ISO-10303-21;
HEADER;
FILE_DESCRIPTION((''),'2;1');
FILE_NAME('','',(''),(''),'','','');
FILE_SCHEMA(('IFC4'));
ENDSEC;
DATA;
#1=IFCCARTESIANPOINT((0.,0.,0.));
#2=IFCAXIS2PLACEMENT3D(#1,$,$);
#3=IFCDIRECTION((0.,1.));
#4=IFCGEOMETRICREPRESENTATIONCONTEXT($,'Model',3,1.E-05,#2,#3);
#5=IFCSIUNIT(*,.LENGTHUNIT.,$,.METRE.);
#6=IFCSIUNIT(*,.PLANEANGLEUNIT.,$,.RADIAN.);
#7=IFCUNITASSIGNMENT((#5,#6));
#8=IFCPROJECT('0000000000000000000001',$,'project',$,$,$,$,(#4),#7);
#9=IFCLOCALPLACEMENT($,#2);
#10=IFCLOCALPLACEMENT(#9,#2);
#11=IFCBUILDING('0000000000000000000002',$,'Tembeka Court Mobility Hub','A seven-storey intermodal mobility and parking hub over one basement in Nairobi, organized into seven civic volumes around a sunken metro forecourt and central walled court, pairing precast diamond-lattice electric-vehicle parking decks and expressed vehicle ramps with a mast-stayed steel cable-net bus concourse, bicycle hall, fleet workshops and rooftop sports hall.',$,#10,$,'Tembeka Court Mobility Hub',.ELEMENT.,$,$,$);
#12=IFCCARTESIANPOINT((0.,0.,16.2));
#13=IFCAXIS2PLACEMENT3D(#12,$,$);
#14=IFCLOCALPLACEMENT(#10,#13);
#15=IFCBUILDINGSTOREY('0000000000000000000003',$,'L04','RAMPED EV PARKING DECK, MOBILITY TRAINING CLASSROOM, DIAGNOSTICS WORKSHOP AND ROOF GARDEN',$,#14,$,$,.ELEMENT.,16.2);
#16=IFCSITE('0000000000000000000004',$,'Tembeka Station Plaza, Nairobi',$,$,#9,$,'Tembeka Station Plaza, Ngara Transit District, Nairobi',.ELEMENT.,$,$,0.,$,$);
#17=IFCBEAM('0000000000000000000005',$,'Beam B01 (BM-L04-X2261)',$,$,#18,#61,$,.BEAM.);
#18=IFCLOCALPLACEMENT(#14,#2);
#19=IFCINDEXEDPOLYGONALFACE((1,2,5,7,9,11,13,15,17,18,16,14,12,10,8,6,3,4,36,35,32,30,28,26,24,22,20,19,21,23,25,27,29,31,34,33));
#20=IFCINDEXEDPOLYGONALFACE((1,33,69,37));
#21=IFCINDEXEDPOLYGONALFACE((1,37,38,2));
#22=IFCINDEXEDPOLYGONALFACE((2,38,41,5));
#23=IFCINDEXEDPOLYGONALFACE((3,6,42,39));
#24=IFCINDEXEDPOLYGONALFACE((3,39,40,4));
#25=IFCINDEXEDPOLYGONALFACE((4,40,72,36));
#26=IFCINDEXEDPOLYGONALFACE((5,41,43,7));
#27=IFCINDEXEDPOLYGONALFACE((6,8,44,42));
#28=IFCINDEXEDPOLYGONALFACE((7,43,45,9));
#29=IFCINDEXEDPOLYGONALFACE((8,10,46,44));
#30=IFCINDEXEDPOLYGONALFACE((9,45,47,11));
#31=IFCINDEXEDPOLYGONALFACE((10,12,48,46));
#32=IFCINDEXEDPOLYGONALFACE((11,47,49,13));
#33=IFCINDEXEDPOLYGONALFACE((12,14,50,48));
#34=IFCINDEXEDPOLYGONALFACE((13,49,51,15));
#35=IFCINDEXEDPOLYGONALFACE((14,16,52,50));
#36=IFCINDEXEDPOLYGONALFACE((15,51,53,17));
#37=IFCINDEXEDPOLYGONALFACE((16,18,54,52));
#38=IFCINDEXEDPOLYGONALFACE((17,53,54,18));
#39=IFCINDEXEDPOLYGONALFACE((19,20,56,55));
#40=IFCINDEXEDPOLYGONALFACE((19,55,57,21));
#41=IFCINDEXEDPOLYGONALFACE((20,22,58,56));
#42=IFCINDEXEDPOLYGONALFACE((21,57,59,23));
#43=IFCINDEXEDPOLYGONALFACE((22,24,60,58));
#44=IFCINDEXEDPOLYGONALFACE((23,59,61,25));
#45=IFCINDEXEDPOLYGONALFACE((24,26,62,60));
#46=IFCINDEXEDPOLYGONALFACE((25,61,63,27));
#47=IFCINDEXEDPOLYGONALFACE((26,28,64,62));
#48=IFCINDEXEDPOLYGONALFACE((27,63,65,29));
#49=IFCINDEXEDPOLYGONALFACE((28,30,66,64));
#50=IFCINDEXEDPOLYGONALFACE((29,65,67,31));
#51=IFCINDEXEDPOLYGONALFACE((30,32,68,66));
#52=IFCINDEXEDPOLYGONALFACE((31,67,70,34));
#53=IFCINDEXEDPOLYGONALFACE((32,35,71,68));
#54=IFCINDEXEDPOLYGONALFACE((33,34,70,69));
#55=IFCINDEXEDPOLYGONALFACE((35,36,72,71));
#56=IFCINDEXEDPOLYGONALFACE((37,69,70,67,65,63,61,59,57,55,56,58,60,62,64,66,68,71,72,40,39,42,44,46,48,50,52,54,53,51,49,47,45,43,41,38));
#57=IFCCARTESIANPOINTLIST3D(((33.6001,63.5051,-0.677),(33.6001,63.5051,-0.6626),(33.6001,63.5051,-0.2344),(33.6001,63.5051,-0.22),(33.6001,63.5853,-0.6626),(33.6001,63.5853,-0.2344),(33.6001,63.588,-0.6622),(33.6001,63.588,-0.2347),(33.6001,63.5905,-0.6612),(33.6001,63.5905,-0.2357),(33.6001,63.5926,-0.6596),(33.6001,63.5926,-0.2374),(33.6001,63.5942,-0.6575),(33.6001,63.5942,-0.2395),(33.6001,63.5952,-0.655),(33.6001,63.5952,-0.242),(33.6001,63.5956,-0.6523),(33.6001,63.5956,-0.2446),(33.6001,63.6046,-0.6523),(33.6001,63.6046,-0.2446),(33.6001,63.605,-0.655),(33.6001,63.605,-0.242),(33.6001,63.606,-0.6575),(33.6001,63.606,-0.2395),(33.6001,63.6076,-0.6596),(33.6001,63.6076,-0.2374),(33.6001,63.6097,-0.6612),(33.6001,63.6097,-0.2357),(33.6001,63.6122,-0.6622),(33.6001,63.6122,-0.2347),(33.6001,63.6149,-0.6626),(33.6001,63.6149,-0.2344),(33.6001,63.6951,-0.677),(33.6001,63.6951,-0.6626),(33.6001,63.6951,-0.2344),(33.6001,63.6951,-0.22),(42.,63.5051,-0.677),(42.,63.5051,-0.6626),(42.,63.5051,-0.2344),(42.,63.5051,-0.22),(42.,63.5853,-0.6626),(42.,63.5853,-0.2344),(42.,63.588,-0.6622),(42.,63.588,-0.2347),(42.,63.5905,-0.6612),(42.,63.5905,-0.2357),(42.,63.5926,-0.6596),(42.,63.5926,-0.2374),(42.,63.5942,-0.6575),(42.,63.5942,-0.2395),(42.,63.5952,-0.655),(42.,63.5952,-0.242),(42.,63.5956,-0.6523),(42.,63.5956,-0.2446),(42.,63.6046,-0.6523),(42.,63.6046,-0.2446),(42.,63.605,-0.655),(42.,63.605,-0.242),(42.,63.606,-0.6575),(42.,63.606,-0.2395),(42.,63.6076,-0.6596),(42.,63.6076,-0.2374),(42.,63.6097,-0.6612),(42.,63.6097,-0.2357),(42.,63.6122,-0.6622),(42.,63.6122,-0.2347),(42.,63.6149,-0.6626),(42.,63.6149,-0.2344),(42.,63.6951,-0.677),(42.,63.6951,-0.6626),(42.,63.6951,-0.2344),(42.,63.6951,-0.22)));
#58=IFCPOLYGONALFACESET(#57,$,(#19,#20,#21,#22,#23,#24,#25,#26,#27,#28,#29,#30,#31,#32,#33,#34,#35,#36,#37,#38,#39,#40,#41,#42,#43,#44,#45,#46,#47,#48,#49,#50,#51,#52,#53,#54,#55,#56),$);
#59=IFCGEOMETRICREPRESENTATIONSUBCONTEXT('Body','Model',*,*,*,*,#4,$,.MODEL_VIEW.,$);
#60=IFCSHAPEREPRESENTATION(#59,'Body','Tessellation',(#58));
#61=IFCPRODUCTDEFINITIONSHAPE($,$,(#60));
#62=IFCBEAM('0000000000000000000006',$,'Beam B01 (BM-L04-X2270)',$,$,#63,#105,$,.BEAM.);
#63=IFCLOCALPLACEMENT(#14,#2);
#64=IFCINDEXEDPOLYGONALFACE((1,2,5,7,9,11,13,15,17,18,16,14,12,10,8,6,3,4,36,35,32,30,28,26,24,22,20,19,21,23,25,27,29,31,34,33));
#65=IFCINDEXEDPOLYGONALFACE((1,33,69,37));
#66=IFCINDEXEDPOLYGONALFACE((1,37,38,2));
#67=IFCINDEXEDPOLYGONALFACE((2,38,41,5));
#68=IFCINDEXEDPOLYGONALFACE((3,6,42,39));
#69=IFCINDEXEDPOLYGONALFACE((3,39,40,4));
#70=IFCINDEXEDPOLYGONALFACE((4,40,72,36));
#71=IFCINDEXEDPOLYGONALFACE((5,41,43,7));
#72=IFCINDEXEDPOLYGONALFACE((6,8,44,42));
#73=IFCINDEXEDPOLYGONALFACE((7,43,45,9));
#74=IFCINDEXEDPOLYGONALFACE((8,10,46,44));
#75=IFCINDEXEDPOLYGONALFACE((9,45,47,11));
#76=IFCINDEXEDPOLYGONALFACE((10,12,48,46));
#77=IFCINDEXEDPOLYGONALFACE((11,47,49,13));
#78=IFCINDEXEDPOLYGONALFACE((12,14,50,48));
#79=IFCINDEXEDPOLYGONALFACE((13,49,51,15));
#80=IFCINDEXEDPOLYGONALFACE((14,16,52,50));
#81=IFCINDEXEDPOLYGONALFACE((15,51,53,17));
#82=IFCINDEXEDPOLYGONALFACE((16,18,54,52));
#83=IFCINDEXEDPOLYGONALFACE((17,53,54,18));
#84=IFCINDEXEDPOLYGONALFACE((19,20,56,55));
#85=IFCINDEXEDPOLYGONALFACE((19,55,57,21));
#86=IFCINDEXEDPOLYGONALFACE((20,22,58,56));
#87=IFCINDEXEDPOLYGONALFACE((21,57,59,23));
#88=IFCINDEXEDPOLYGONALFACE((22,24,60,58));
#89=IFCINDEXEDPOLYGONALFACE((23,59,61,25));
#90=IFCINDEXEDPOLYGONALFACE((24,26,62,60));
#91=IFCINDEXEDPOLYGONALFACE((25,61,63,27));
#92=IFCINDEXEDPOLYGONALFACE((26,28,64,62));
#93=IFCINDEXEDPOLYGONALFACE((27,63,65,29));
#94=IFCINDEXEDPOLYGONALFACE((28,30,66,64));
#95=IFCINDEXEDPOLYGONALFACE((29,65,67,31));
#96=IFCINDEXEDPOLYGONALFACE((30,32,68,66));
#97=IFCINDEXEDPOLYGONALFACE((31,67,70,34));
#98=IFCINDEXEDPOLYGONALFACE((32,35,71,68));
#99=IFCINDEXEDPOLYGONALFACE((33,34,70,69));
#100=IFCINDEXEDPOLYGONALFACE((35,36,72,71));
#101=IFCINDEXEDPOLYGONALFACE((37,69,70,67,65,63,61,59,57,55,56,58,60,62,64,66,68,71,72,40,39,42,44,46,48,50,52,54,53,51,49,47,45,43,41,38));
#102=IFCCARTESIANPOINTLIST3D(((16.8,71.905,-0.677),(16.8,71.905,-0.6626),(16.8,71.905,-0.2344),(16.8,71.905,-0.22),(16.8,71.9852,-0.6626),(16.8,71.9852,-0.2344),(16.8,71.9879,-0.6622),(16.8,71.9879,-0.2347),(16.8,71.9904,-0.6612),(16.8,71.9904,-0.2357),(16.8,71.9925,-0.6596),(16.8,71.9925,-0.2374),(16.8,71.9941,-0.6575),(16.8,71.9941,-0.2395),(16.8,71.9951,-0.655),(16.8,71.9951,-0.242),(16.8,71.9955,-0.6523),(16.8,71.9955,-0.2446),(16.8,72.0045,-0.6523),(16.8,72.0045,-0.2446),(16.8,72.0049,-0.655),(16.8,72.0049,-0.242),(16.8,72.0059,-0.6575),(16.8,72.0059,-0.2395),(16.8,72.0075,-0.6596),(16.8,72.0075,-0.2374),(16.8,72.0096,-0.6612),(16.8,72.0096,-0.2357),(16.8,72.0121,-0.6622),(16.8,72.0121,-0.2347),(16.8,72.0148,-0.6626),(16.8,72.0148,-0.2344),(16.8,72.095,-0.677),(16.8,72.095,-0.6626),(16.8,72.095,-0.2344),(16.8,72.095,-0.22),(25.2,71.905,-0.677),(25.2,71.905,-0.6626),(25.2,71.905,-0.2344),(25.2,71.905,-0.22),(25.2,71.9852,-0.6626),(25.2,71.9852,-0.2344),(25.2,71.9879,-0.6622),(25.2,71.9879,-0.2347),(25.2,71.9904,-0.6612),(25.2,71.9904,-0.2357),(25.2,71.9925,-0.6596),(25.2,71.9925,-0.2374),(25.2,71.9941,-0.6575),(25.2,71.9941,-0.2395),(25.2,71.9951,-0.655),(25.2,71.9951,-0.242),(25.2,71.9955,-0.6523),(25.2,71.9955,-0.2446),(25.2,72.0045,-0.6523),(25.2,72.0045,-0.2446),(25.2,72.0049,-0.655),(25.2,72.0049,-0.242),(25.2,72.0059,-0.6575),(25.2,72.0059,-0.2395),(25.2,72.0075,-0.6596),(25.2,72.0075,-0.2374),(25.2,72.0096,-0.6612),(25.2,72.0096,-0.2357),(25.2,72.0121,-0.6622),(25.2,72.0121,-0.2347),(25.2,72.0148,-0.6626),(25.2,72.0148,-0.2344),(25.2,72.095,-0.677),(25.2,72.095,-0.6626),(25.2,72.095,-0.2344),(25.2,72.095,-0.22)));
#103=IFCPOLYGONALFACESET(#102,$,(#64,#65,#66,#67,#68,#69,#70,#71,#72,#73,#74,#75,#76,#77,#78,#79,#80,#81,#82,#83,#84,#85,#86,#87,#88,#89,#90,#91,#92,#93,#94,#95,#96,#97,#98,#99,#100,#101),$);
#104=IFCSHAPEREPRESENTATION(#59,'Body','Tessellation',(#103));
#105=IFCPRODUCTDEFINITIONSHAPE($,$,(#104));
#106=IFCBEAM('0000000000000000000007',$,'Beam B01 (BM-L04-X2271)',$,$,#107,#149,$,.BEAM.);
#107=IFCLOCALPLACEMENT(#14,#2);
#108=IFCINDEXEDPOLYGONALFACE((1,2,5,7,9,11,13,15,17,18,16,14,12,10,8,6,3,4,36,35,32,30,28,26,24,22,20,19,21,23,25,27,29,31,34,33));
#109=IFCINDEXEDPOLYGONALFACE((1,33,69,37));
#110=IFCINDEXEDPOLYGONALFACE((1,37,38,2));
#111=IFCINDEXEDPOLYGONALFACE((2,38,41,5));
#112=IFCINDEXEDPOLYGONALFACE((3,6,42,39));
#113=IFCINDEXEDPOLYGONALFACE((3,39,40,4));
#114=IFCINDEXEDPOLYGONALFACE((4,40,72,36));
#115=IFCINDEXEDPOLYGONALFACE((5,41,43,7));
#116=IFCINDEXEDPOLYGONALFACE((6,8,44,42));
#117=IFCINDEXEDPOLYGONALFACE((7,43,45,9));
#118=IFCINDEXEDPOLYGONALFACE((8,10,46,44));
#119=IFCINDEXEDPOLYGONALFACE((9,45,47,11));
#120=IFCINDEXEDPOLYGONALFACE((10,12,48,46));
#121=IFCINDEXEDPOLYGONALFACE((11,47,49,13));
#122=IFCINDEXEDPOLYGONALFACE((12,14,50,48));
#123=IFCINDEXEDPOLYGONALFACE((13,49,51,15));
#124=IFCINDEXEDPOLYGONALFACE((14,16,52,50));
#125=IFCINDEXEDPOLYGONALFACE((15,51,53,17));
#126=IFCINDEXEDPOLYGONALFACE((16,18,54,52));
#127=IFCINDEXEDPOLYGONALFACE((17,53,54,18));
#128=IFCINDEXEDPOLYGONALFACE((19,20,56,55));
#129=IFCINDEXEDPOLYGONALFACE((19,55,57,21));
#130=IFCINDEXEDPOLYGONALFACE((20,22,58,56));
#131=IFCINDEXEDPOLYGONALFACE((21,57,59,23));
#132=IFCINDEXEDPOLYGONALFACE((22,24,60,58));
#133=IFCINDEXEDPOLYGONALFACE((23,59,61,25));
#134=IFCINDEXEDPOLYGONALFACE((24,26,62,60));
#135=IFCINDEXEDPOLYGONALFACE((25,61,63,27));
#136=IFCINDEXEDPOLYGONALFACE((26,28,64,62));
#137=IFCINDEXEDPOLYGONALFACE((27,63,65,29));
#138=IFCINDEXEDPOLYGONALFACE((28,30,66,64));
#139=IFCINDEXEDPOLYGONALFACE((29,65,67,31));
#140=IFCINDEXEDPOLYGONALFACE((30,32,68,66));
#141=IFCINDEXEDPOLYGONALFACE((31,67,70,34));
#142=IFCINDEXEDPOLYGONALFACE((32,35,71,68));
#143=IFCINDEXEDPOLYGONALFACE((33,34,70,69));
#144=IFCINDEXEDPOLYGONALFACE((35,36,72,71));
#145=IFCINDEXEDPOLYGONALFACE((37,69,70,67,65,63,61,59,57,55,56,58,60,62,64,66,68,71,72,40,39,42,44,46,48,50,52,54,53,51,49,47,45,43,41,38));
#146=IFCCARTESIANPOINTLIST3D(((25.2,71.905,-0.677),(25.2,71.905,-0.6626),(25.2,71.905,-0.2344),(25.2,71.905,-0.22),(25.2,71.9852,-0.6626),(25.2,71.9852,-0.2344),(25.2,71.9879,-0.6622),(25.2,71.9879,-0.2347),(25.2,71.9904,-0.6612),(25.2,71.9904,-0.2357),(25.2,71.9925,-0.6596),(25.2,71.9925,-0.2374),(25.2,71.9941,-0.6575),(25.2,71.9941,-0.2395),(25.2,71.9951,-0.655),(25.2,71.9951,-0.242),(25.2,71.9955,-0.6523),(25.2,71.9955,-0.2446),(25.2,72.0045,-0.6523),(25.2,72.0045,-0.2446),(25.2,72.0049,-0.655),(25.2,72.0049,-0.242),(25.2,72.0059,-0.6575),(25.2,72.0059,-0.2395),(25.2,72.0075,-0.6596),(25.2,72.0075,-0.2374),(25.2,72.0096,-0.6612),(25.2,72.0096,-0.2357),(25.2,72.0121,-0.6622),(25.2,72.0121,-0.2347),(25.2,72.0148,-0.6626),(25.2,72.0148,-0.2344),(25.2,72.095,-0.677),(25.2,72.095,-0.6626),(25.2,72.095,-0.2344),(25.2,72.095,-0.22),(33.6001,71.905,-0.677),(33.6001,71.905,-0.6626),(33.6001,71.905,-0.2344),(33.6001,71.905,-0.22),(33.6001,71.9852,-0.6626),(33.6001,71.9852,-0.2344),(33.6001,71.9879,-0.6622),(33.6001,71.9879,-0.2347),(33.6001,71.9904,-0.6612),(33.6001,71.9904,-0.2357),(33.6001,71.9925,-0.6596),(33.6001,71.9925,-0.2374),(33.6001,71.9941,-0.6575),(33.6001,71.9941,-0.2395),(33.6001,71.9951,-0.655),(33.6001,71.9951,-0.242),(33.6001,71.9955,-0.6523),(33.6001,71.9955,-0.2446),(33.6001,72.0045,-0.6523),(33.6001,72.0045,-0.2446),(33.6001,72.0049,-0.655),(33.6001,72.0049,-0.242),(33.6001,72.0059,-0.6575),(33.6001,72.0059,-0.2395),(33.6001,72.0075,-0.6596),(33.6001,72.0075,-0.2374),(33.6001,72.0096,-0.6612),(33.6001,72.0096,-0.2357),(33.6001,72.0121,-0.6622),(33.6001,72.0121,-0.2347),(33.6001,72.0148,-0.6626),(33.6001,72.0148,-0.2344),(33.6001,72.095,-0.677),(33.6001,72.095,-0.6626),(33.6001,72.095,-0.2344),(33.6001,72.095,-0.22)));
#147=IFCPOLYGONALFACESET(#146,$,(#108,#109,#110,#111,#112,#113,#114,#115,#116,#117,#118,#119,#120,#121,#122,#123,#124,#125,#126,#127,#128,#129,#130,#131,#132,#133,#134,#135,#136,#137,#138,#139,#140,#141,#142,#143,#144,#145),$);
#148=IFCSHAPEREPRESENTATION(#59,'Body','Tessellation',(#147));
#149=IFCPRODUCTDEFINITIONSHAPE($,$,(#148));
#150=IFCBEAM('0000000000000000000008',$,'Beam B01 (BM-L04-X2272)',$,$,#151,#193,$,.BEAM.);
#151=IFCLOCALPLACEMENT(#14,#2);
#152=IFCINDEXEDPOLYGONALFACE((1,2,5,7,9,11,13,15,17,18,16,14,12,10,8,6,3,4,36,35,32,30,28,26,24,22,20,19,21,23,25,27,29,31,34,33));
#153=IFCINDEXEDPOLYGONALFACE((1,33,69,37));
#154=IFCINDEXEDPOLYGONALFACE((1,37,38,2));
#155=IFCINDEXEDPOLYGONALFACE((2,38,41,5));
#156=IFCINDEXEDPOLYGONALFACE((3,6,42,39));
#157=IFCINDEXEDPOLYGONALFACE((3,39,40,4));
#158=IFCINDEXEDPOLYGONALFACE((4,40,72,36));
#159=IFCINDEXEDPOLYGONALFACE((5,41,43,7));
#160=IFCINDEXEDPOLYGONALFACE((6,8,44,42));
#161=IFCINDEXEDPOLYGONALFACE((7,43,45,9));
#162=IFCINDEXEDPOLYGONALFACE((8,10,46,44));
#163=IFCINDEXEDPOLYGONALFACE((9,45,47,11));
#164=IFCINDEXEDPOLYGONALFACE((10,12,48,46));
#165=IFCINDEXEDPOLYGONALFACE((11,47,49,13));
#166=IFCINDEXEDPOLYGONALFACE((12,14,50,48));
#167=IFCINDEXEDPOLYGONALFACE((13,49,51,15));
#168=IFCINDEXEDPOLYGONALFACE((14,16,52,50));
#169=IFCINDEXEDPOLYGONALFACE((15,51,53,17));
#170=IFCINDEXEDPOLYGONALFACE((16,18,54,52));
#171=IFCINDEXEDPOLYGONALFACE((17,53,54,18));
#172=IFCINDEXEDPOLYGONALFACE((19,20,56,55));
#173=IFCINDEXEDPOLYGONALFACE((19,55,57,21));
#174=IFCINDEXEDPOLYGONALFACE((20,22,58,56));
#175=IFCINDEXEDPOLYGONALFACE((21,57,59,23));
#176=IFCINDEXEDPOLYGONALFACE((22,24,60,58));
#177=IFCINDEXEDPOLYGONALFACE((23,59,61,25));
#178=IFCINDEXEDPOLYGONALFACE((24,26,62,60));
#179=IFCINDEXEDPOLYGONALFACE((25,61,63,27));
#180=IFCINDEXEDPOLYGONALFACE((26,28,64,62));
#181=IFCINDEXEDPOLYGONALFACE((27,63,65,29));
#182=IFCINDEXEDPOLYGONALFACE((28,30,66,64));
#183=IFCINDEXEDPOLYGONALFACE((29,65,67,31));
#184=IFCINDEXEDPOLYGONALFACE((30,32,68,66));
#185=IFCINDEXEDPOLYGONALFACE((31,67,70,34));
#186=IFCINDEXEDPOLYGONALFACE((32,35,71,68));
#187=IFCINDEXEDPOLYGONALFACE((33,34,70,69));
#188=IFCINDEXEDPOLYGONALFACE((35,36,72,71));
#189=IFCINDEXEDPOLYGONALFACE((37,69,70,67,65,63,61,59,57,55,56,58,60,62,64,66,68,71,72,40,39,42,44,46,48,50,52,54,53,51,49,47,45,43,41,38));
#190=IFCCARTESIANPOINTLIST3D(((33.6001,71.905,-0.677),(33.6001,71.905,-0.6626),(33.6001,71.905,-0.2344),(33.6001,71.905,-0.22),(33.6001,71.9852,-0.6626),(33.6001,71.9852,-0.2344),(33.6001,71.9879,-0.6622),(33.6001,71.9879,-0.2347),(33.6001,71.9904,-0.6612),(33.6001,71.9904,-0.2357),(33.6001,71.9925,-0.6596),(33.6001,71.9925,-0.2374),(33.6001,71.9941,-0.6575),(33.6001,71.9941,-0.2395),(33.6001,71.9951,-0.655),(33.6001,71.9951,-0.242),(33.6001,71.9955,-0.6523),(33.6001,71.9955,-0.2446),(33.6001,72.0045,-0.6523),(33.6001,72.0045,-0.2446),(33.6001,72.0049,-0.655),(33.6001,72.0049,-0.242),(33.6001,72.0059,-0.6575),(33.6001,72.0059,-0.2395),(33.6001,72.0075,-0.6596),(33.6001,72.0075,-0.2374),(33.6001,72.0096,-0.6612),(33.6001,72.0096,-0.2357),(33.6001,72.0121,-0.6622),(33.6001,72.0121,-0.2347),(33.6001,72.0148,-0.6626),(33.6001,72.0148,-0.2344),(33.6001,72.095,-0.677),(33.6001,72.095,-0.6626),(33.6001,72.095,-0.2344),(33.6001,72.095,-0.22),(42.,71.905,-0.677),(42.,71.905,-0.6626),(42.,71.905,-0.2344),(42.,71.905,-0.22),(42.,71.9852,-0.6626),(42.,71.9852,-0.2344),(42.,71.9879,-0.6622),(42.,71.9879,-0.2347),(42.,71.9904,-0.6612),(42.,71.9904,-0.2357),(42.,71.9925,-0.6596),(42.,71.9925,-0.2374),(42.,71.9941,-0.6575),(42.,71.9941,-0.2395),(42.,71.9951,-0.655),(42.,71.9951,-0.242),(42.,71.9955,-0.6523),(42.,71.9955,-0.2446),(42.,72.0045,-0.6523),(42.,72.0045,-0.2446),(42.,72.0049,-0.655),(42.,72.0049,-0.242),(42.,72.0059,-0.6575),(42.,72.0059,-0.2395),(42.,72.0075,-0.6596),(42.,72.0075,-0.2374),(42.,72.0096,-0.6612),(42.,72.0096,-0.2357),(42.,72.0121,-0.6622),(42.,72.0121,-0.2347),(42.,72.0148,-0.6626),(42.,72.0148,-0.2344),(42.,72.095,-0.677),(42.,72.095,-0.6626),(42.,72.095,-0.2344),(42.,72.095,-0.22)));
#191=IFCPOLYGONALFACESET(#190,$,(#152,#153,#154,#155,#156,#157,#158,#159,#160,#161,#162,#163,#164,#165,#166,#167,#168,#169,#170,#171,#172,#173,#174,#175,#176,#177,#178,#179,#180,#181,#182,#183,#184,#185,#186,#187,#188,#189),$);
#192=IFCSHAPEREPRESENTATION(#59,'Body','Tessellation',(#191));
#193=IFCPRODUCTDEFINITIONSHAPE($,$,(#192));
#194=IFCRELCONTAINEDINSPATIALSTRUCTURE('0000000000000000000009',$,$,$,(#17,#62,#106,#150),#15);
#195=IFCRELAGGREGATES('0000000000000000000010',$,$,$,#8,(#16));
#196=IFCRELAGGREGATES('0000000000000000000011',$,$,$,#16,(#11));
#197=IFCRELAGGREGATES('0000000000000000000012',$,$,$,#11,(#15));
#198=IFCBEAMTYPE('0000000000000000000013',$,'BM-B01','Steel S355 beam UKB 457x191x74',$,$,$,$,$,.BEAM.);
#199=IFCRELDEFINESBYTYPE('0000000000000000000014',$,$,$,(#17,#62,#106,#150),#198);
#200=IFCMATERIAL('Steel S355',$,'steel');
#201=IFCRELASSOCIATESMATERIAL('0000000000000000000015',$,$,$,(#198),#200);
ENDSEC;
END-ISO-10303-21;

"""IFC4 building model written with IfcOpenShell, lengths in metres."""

from ifc_helpers import new_model, si_unit, direction, frame, origin, origin_2d, place, context, subcontext, project, spatial, i_section, extrude, material, material_profile, profile_set, type_object, element, save


model = new_model("IFC4")

# Units and contexts
model_context = context("Model", 3, precision=1e-05, world=origin(), true_north=direction((0.0, 1.0)))
body_context = subcontext(model_context, "Body", "Model", "MODEL_VIEW")
ifc_project = project(units=[si_unit("LENGTHUNIT", "METRE"), si_unit("PLANEANGLEUNIT", "RADIAN")], contexts=[model_context])

# Site, building, storey
site_placement = place(None, origin())
site = spatial("IfcSite", under=ifc_project, at=site_placement, Name="Tembeka Station Plaza, Nairobi", LongName="Tembeka Station Plaza, Ngara Transit District, Nairobi", CompositionType="ELEMENT", RefElevation=0.0)
building_placement = place(site_placement, origin())
building = spatial("IfcBuilding", under=site, at=building_placement, Name="Tembeka Court Mobility Hub", Description="A seven-storey intermodal mobility and parking hub over one basement in Nairobi, organized into seven civic volumes around a sunken metro forecourt and central walled court, pairing precast diamond-lattice electric-vehicle parking decks and expressed vehicle ramps with a mast-stayed steel cable-net bus concourse, bicycle hall, fleet workshops and rooftop sports hall.", LongName="Tembeka Court Mobility Hub", CompositionType="ELEMENT")
storey_placement = place(building_placement, frame((0.0, 0.0, 16.2)))
storey = spatial("IfcBuildingStorey", under=building, at=storey_placement, Name="L04", Description="RAMPED EV PARKING DECK, MOBILITY TRAINING CLASSROOM, DIAGNOSTICS WORKSHOP AND ROOF GARDEN", CompositionType="ELEMENT", Elevation=16.2)

# Shared definitions
ifc_material_1 = material(Name="Steel S355", Category="steel")

# Beams
ifc_material_profile_1 = material_profile(ifc_material_1, i_section(OverallWidth=0.1899, OverallDepth=0.457, WebThickness=0.009, FlangeThickness=0.0144, FilletRadius=0.0103, at=origin_2d()), Name="UKB 457x191x74")
ifc_profile_set_1 = profile_set([ifc_material_profile_1], Name="Steel S355")
beam_type_1 = type_object("IfcBeamType", Name="BM-B01", Description="Steel S355 beam UKB 457x191x74", PredefinedType="BEAM", material=ifc_profile_set_1)
for number, where, z_axis, x_axis, name in (
    (1, (33.6001, 63.6001, -0.4485), (1.0, 0.0, 0.0), (0.0, 1.0, 0.0), "Beam B01 (BM-L04-X2261)"),
    (2, (16.8, 72.0, -0.4485), (1.0, 0.0, 0.0), (0.0, 1.0, 0.0), "Beam B01 (BM-L04-X2270)"),
):
    element("IfcBeam", number, at=place(storey_placement, frame(where, z_axis=z_axis, x_axis=x_axis)), inside=storey, type_object=beam_type_1, Name=name, PredefinedType="BEAM", context=body_context, shape_type="SweptSolid", body=[
        extrude(i_section(OverallWidth=0.1899, OverallDepth=0.457, WebThickness=0.009, FlangeThickness=0.0144, FilletRadius=0.0103, at=origin_2d()), origin(), (0.0, 0.0, 1.0), 8.3999),
    ])
beam_1_placement = place(storey_placement, frame((25.2, 72.0, -0.4485), z_axis=(1.0, 0.0, 0.0), x_axis=(0.0, 1.0, 0.0)))
element("IfcBeam", 3, at=beam_1_placement, inside=storey, type_object=beam_type_1, Name="Beam B01 (BM-L04-X2271)", PredefinedType="BEAM", context=body_context, shape_type="SweptSolid", body=[
    extrude(i_section(OverallWidth=0.1899, OverallDepth=0.457, WebThickness=0.009, FlangeThickness=0.0144, FilletRadius=0.0103, at=origin_2d()), origin(), (0.0, 0.0, 1.0), 8.4001),
])
beam_2_placement = place(storey_placement, frame((33.6001, 72.0, -0.4485), z_axis=(1.0, 0.0, 0.0), x_axis=(0.0, 1.0, 0.0)))
element("IfcBeam", 4, at=beam_2_placement, inside=storey, type_object=beam_type_1, Name="Beam B01 (BM-L04-X2272)", PredefinedType="BEAM", context=body_context, shape_type="SweptSolid", body=[
    extrude(i_section(OverallWidth=0.1899, OverallDepth=0.457, WebThickness=0.009, FlangeThickness=0.0144, FilletRadius=0.0103, at=origin_2d()), origin(), (0.0, 0.0, 1.0), 8.3999),
])

save(model, "model.ifc")
